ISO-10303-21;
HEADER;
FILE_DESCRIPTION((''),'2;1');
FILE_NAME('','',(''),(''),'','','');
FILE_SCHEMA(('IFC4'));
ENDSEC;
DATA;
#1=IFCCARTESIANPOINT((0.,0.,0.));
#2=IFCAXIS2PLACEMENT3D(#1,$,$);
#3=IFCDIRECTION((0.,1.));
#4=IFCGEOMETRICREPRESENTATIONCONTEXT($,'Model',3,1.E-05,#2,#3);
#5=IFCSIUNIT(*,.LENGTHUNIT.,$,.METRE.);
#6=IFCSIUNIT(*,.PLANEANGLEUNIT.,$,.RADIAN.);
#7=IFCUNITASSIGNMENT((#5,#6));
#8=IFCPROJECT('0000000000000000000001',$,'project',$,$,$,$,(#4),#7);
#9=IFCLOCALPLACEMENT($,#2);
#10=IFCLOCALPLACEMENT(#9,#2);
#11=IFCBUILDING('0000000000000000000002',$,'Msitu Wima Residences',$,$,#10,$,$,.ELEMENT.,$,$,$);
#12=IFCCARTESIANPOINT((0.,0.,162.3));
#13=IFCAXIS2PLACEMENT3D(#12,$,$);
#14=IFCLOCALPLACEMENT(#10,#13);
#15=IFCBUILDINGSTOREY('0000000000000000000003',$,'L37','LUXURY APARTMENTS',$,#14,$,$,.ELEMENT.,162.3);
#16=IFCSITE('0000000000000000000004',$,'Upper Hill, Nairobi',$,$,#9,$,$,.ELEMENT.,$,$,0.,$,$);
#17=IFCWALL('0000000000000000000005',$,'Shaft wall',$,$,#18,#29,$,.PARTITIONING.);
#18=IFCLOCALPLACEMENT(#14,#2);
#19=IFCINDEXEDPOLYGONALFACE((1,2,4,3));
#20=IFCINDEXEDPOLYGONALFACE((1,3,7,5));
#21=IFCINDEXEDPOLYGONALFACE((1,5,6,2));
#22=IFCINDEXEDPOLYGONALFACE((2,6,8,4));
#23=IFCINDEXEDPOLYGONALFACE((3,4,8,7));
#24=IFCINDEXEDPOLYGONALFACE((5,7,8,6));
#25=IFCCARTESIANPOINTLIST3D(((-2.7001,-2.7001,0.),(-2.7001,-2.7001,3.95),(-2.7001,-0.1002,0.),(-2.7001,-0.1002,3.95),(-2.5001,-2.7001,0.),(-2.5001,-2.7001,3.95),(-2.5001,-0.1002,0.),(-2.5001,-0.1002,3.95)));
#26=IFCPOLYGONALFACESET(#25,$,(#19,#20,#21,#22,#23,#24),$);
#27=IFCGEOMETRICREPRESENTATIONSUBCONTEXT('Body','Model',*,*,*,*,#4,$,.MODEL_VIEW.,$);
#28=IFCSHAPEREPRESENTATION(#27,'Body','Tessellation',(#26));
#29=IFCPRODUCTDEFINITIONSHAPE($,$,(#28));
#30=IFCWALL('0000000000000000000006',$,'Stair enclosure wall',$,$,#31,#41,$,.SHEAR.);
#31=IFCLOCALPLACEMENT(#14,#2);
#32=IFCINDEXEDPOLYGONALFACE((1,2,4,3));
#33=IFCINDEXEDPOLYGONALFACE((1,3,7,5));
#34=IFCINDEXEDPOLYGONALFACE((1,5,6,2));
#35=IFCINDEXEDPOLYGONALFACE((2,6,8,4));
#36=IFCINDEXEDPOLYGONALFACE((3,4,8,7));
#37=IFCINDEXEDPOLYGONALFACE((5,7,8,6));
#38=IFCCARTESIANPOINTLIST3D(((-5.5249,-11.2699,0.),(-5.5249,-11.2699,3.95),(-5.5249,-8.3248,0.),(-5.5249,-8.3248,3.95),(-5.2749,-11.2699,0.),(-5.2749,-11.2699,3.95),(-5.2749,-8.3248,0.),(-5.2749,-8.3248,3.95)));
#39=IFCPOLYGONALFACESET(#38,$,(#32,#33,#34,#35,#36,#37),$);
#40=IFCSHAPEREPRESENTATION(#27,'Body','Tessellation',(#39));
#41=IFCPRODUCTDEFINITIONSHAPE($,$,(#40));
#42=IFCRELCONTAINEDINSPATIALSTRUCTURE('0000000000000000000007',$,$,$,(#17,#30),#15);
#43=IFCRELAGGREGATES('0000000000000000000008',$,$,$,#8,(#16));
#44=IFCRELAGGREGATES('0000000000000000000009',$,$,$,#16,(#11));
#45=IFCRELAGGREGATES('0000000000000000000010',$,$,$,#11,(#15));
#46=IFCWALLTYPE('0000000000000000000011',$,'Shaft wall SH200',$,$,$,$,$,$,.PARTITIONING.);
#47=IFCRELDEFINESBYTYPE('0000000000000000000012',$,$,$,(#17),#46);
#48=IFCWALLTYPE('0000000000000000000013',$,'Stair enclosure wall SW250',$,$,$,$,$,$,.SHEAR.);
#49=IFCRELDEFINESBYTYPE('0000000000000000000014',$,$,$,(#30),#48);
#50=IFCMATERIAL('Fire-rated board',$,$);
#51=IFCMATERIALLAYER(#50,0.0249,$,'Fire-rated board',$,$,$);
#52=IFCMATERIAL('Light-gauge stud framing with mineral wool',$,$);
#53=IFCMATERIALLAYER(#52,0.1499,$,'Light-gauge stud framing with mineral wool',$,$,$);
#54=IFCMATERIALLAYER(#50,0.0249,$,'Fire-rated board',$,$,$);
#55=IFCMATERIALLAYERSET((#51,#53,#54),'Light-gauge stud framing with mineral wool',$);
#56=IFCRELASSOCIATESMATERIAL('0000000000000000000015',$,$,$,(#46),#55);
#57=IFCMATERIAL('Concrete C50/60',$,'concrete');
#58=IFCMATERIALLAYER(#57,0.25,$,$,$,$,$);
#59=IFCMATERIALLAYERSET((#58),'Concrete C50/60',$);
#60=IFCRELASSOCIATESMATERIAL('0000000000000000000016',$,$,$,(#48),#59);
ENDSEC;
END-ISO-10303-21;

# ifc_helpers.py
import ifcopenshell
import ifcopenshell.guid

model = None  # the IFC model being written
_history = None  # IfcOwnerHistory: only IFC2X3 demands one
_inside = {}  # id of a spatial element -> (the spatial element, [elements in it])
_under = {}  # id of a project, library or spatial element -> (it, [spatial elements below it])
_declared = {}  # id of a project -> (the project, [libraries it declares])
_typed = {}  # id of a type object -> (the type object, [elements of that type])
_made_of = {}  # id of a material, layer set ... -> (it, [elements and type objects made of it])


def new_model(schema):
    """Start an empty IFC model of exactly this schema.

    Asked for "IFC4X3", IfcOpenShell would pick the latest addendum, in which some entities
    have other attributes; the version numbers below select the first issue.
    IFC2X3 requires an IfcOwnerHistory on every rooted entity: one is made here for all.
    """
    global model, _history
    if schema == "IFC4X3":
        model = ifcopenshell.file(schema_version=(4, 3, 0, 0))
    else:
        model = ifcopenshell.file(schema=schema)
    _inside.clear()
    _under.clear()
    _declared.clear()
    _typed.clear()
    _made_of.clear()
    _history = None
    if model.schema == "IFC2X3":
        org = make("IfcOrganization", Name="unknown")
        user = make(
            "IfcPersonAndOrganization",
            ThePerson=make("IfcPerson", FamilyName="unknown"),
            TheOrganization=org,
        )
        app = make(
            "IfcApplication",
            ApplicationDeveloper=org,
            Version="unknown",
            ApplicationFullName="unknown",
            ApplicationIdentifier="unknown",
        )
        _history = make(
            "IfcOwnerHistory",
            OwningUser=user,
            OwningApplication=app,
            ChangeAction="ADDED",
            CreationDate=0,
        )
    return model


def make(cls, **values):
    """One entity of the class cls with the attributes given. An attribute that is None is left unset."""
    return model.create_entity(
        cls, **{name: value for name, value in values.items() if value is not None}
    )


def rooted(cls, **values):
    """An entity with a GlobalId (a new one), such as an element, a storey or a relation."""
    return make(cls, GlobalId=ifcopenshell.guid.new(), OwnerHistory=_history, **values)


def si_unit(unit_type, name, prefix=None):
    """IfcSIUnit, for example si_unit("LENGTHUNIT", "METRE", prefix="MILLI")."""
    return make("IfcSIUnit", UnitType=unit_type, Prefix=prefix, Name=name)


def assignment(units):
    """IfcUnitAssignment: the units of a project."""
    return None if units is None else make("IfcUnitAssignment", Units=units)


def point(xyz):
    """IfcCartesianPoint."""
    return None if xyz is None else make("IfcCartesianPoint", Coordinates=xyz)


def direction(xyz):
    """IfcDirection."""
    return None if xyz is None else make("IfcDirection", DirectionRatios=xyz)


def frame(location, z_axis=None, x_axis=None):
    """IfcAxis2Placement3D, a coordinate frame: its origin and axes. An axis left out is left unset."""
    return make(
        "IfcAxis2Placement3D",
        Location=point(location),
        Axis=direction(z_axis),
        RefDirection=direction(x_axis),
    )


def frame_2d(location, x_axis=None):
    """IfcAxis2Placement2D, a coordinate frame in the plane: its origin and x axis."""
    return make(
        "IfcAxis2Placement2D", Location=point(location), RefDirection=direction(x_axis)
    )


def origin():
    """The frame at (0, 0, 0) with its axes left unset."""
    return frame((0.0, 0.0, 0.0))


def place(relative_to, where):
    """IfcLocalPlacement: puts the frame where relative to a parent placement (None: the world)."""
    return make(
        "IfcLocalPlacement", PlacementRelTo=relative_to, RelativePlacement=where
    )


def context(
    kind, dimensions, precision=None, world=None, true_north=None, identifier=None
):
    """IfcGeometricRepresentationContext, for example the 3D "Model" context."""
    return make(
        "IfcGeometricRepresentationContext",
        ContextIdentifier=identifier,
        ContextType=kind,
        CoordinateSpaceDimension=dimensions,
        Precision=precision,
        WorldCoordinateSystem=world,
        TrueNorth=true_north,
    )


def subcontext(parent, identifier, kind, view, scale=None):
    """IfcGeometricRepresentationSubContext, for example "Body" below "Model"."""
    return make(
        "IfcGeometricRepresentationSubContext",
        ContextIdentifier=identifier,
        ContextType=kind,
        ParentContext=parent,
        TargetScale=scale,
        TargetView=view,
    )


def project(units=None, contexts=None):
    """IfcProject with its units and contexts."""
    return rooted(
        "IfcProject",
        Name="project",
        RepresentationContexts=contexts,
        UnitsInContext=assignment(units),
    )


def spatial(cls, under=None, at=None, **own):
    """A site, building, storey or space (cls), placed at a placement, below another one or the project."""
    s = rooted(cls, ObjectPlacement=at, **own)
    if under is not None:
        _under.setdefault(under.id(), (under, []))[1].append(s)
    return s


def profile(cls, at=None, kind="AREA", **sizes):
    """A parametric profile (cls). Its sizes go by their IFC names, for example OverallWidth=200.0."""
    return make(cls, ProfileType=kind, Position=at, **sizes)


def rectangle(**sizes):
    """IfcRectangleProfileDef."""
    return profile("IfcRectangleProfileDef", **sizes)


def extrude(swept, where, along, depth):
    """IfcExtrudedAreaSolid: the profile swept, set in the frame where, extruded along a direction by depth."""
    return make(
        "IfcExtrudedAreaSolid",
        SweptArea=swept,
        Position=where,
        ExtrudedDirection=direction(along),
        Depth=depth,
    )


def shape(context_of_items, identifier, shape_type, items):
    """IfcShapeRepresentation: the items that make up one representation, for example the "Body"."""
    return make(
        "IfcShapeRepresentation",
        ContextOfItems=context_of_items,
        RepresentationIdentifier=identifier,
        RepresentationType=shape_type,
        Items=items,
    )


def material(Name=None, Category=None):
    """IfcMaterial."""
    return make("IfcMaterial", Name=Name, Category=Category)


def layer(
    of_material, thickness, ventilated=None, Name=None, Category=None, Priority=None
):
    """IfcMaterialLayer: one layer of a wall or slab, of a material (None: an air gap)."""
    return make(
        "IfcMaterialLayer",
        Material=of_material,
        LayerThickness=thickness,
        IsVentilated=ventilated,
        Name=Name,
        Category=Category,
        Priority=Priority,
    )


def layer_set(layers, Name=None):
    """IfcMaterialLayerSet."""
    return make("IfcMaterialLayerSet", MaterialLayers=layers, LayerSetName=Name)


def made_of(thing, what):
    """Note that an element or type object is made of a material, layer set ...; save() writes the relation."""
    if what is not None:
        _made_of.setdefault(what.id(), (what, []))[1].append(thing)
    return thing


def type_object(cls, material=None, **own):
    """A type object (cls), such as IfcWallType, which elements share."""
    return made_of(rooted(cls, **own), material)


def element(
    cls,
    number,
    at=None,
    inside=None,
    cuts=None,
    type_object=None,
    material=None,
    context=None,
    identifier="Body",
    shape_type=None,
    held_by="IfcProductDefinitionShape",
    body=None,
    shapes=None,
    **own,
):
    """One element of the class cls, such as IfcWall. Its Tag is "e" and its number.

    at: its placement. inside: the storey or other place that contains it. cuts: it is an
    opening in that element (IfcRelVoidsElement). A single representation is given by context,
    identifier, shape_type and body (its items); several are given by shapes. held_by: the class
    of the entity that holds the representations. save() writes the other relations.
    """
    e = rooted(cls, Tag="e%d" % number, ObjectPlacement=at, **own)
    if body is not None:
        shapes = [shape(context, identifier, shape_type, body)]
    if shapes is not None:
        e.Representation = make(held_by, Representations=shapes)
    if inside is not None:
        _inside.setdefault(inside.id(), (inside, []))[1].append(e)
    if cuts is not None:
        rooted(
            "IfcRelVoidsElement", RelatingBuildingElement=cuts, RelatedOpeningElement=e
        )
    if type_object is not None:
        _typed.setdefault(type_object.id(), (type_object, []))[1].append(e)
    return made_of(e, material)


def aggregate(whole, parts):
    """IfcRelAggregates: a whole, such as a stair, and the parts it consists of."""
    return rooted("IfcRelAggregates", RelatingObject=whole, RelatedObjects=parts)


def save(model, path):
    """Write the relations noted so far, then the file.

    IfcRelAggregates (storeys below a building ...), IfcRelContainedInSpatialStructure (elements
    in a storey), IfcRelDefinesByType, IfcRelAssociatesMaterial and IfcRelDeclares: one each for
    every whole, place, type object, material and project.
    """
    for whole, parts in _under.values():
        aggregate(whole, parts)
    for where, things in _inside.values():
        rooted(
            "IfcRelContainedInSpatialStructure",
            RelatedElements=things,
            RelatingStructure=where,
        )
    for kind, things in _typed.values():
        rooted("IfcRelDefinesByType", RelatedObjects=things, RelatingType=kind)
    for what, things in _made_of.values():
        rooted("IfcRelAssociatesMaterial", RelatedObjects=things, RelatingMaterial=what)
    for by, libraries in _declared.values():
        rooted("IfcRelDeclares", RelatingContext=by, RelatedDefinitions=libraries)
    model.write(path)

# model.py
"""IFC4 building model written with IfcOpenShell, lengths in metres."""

from ifc_helpers import new_model, si_unit, direction, frame, frame_2d, origin, place, context, subcontext, project, spatial, rectangle, extrude, material, layer, layer_set, type_object, element, save


model = new_model("IFC4")

# Units and contexts
model_context = context("Model", 3, precision=1e-05, world=origin(), true_north=direction((0.0, 1.0)))
body_context = subcontext(model_context, "Body", "Model", "MODEL_VIEW")
ifc_project = project(units=[si_unit("LENGTHUNIT", "METRE"), si_unit("PLANEANGLEUNIT", "RADIAN")], contexts=[model_context])

# Site, building, storey
site_placement = place(None, origin())
site = spatial("IfcSite", under=ifc_project, at=site_placement, Name="Upper Hill, Nairobi", CompositionType="ELEMENT", RefElevation=0.0)
building_placement = place(site_placement, origin())
building = spatial("IfcBuilding", under=site, at=building_placement, Name="Msitu Wima Residences", CompositionType="ELEMENT")
storey_placement = place(building_placement, frame((0.0, 0.0, 162.3)))
storey = spatial("IfcBuildingStorey", under=building, at=storey_placement, Name="L37", Description="LUXURY APARTMENTS", CompositionType="ELEMENT", Elevation=162.3)

# Walls
ifc_material_1 = material(Name="Fire-rated board")
ifc_layer_1 = layer(ifc_material_1, 0.0249, Name="Fire-rated board")
ifc_material_2 = material(Name="Light-gauge stud framing with mineral wool")
ifc_layer_2 = layer(ifc_material_2, 0.1499, Name="Light-gauge stud framing with mineral wool")
ifc_layer_3 = layer(ifc_material_1, 0.0249, Name="Fire-rated board")
ifc_layer_set_1 = layer_set([ifc_layer_1, ifc_layer_2, ifc_layer_3], Name="Light-gauge stud framing with mineral wool")
wall_type_1 = type_object("IfcWallType", Name="Shaft wall SH200", PredefinedType="PARTITIONING", material=ifc_layer_set_1)
for number, where, z_axis, x_axis, name in (
    (1, (-2.6001, -2.7, 0.0), (0.0, 0.0, 1.0), (0.0, 1.0, 0.0), "Shaft wall"),
):
    element("IfcWall", number, at=place(storey_placement, frame(where, z_axis=z_axis, x_axis=x_axis)), inside=storey, type_object=wall_type_1, Name=name, PredefinedType="PARTITIONING", context=body_context, shape_type="SweptSolid", body=[
        extrude(rectangle(XDim=2.5999, YDim=0.2, at=frame_2d((1.2998, 0.0))), origin(), (0.0, 0.0, 1.0), 3.95),
    ])
ifc_material_3 = material(Name="Concrete C50/60", Category="concrete")
ifc_layer_4 = layer(ifc_material_3, 0.25)
ifc_layer_set_2 = layer_set([ifc_layer_4], Name="Concrete C50/60")
wall_type_2 = type_object("IfcWallType", Name="Stair enclosure wall SW250", PredefinedType="SHEAR", material=ifc_layer_set_2)
wall_1_placement = place(storey_placement, frame((-5.3999, -11.27, 0.0), z_axis=(0.0, 0.0, 1.0), x_axis=(0.0, 1.0, 0.0)))
element("IfcWall", 2, at=wall_1_placement, inside=storey, type_object=wall_type_2, Name="Stair enclosure wall", PredefinedType="SHEAR", context=body_context, shape_type="SweptSolid", body=[
    extrude(rectangle(XDim=2.9451, YDim=0.25, at=frame_2d((1.4727, 0.0))), origin(), (0.0, 0.0, 1.0), 3.95),
])

save(model, "model.ifc")
